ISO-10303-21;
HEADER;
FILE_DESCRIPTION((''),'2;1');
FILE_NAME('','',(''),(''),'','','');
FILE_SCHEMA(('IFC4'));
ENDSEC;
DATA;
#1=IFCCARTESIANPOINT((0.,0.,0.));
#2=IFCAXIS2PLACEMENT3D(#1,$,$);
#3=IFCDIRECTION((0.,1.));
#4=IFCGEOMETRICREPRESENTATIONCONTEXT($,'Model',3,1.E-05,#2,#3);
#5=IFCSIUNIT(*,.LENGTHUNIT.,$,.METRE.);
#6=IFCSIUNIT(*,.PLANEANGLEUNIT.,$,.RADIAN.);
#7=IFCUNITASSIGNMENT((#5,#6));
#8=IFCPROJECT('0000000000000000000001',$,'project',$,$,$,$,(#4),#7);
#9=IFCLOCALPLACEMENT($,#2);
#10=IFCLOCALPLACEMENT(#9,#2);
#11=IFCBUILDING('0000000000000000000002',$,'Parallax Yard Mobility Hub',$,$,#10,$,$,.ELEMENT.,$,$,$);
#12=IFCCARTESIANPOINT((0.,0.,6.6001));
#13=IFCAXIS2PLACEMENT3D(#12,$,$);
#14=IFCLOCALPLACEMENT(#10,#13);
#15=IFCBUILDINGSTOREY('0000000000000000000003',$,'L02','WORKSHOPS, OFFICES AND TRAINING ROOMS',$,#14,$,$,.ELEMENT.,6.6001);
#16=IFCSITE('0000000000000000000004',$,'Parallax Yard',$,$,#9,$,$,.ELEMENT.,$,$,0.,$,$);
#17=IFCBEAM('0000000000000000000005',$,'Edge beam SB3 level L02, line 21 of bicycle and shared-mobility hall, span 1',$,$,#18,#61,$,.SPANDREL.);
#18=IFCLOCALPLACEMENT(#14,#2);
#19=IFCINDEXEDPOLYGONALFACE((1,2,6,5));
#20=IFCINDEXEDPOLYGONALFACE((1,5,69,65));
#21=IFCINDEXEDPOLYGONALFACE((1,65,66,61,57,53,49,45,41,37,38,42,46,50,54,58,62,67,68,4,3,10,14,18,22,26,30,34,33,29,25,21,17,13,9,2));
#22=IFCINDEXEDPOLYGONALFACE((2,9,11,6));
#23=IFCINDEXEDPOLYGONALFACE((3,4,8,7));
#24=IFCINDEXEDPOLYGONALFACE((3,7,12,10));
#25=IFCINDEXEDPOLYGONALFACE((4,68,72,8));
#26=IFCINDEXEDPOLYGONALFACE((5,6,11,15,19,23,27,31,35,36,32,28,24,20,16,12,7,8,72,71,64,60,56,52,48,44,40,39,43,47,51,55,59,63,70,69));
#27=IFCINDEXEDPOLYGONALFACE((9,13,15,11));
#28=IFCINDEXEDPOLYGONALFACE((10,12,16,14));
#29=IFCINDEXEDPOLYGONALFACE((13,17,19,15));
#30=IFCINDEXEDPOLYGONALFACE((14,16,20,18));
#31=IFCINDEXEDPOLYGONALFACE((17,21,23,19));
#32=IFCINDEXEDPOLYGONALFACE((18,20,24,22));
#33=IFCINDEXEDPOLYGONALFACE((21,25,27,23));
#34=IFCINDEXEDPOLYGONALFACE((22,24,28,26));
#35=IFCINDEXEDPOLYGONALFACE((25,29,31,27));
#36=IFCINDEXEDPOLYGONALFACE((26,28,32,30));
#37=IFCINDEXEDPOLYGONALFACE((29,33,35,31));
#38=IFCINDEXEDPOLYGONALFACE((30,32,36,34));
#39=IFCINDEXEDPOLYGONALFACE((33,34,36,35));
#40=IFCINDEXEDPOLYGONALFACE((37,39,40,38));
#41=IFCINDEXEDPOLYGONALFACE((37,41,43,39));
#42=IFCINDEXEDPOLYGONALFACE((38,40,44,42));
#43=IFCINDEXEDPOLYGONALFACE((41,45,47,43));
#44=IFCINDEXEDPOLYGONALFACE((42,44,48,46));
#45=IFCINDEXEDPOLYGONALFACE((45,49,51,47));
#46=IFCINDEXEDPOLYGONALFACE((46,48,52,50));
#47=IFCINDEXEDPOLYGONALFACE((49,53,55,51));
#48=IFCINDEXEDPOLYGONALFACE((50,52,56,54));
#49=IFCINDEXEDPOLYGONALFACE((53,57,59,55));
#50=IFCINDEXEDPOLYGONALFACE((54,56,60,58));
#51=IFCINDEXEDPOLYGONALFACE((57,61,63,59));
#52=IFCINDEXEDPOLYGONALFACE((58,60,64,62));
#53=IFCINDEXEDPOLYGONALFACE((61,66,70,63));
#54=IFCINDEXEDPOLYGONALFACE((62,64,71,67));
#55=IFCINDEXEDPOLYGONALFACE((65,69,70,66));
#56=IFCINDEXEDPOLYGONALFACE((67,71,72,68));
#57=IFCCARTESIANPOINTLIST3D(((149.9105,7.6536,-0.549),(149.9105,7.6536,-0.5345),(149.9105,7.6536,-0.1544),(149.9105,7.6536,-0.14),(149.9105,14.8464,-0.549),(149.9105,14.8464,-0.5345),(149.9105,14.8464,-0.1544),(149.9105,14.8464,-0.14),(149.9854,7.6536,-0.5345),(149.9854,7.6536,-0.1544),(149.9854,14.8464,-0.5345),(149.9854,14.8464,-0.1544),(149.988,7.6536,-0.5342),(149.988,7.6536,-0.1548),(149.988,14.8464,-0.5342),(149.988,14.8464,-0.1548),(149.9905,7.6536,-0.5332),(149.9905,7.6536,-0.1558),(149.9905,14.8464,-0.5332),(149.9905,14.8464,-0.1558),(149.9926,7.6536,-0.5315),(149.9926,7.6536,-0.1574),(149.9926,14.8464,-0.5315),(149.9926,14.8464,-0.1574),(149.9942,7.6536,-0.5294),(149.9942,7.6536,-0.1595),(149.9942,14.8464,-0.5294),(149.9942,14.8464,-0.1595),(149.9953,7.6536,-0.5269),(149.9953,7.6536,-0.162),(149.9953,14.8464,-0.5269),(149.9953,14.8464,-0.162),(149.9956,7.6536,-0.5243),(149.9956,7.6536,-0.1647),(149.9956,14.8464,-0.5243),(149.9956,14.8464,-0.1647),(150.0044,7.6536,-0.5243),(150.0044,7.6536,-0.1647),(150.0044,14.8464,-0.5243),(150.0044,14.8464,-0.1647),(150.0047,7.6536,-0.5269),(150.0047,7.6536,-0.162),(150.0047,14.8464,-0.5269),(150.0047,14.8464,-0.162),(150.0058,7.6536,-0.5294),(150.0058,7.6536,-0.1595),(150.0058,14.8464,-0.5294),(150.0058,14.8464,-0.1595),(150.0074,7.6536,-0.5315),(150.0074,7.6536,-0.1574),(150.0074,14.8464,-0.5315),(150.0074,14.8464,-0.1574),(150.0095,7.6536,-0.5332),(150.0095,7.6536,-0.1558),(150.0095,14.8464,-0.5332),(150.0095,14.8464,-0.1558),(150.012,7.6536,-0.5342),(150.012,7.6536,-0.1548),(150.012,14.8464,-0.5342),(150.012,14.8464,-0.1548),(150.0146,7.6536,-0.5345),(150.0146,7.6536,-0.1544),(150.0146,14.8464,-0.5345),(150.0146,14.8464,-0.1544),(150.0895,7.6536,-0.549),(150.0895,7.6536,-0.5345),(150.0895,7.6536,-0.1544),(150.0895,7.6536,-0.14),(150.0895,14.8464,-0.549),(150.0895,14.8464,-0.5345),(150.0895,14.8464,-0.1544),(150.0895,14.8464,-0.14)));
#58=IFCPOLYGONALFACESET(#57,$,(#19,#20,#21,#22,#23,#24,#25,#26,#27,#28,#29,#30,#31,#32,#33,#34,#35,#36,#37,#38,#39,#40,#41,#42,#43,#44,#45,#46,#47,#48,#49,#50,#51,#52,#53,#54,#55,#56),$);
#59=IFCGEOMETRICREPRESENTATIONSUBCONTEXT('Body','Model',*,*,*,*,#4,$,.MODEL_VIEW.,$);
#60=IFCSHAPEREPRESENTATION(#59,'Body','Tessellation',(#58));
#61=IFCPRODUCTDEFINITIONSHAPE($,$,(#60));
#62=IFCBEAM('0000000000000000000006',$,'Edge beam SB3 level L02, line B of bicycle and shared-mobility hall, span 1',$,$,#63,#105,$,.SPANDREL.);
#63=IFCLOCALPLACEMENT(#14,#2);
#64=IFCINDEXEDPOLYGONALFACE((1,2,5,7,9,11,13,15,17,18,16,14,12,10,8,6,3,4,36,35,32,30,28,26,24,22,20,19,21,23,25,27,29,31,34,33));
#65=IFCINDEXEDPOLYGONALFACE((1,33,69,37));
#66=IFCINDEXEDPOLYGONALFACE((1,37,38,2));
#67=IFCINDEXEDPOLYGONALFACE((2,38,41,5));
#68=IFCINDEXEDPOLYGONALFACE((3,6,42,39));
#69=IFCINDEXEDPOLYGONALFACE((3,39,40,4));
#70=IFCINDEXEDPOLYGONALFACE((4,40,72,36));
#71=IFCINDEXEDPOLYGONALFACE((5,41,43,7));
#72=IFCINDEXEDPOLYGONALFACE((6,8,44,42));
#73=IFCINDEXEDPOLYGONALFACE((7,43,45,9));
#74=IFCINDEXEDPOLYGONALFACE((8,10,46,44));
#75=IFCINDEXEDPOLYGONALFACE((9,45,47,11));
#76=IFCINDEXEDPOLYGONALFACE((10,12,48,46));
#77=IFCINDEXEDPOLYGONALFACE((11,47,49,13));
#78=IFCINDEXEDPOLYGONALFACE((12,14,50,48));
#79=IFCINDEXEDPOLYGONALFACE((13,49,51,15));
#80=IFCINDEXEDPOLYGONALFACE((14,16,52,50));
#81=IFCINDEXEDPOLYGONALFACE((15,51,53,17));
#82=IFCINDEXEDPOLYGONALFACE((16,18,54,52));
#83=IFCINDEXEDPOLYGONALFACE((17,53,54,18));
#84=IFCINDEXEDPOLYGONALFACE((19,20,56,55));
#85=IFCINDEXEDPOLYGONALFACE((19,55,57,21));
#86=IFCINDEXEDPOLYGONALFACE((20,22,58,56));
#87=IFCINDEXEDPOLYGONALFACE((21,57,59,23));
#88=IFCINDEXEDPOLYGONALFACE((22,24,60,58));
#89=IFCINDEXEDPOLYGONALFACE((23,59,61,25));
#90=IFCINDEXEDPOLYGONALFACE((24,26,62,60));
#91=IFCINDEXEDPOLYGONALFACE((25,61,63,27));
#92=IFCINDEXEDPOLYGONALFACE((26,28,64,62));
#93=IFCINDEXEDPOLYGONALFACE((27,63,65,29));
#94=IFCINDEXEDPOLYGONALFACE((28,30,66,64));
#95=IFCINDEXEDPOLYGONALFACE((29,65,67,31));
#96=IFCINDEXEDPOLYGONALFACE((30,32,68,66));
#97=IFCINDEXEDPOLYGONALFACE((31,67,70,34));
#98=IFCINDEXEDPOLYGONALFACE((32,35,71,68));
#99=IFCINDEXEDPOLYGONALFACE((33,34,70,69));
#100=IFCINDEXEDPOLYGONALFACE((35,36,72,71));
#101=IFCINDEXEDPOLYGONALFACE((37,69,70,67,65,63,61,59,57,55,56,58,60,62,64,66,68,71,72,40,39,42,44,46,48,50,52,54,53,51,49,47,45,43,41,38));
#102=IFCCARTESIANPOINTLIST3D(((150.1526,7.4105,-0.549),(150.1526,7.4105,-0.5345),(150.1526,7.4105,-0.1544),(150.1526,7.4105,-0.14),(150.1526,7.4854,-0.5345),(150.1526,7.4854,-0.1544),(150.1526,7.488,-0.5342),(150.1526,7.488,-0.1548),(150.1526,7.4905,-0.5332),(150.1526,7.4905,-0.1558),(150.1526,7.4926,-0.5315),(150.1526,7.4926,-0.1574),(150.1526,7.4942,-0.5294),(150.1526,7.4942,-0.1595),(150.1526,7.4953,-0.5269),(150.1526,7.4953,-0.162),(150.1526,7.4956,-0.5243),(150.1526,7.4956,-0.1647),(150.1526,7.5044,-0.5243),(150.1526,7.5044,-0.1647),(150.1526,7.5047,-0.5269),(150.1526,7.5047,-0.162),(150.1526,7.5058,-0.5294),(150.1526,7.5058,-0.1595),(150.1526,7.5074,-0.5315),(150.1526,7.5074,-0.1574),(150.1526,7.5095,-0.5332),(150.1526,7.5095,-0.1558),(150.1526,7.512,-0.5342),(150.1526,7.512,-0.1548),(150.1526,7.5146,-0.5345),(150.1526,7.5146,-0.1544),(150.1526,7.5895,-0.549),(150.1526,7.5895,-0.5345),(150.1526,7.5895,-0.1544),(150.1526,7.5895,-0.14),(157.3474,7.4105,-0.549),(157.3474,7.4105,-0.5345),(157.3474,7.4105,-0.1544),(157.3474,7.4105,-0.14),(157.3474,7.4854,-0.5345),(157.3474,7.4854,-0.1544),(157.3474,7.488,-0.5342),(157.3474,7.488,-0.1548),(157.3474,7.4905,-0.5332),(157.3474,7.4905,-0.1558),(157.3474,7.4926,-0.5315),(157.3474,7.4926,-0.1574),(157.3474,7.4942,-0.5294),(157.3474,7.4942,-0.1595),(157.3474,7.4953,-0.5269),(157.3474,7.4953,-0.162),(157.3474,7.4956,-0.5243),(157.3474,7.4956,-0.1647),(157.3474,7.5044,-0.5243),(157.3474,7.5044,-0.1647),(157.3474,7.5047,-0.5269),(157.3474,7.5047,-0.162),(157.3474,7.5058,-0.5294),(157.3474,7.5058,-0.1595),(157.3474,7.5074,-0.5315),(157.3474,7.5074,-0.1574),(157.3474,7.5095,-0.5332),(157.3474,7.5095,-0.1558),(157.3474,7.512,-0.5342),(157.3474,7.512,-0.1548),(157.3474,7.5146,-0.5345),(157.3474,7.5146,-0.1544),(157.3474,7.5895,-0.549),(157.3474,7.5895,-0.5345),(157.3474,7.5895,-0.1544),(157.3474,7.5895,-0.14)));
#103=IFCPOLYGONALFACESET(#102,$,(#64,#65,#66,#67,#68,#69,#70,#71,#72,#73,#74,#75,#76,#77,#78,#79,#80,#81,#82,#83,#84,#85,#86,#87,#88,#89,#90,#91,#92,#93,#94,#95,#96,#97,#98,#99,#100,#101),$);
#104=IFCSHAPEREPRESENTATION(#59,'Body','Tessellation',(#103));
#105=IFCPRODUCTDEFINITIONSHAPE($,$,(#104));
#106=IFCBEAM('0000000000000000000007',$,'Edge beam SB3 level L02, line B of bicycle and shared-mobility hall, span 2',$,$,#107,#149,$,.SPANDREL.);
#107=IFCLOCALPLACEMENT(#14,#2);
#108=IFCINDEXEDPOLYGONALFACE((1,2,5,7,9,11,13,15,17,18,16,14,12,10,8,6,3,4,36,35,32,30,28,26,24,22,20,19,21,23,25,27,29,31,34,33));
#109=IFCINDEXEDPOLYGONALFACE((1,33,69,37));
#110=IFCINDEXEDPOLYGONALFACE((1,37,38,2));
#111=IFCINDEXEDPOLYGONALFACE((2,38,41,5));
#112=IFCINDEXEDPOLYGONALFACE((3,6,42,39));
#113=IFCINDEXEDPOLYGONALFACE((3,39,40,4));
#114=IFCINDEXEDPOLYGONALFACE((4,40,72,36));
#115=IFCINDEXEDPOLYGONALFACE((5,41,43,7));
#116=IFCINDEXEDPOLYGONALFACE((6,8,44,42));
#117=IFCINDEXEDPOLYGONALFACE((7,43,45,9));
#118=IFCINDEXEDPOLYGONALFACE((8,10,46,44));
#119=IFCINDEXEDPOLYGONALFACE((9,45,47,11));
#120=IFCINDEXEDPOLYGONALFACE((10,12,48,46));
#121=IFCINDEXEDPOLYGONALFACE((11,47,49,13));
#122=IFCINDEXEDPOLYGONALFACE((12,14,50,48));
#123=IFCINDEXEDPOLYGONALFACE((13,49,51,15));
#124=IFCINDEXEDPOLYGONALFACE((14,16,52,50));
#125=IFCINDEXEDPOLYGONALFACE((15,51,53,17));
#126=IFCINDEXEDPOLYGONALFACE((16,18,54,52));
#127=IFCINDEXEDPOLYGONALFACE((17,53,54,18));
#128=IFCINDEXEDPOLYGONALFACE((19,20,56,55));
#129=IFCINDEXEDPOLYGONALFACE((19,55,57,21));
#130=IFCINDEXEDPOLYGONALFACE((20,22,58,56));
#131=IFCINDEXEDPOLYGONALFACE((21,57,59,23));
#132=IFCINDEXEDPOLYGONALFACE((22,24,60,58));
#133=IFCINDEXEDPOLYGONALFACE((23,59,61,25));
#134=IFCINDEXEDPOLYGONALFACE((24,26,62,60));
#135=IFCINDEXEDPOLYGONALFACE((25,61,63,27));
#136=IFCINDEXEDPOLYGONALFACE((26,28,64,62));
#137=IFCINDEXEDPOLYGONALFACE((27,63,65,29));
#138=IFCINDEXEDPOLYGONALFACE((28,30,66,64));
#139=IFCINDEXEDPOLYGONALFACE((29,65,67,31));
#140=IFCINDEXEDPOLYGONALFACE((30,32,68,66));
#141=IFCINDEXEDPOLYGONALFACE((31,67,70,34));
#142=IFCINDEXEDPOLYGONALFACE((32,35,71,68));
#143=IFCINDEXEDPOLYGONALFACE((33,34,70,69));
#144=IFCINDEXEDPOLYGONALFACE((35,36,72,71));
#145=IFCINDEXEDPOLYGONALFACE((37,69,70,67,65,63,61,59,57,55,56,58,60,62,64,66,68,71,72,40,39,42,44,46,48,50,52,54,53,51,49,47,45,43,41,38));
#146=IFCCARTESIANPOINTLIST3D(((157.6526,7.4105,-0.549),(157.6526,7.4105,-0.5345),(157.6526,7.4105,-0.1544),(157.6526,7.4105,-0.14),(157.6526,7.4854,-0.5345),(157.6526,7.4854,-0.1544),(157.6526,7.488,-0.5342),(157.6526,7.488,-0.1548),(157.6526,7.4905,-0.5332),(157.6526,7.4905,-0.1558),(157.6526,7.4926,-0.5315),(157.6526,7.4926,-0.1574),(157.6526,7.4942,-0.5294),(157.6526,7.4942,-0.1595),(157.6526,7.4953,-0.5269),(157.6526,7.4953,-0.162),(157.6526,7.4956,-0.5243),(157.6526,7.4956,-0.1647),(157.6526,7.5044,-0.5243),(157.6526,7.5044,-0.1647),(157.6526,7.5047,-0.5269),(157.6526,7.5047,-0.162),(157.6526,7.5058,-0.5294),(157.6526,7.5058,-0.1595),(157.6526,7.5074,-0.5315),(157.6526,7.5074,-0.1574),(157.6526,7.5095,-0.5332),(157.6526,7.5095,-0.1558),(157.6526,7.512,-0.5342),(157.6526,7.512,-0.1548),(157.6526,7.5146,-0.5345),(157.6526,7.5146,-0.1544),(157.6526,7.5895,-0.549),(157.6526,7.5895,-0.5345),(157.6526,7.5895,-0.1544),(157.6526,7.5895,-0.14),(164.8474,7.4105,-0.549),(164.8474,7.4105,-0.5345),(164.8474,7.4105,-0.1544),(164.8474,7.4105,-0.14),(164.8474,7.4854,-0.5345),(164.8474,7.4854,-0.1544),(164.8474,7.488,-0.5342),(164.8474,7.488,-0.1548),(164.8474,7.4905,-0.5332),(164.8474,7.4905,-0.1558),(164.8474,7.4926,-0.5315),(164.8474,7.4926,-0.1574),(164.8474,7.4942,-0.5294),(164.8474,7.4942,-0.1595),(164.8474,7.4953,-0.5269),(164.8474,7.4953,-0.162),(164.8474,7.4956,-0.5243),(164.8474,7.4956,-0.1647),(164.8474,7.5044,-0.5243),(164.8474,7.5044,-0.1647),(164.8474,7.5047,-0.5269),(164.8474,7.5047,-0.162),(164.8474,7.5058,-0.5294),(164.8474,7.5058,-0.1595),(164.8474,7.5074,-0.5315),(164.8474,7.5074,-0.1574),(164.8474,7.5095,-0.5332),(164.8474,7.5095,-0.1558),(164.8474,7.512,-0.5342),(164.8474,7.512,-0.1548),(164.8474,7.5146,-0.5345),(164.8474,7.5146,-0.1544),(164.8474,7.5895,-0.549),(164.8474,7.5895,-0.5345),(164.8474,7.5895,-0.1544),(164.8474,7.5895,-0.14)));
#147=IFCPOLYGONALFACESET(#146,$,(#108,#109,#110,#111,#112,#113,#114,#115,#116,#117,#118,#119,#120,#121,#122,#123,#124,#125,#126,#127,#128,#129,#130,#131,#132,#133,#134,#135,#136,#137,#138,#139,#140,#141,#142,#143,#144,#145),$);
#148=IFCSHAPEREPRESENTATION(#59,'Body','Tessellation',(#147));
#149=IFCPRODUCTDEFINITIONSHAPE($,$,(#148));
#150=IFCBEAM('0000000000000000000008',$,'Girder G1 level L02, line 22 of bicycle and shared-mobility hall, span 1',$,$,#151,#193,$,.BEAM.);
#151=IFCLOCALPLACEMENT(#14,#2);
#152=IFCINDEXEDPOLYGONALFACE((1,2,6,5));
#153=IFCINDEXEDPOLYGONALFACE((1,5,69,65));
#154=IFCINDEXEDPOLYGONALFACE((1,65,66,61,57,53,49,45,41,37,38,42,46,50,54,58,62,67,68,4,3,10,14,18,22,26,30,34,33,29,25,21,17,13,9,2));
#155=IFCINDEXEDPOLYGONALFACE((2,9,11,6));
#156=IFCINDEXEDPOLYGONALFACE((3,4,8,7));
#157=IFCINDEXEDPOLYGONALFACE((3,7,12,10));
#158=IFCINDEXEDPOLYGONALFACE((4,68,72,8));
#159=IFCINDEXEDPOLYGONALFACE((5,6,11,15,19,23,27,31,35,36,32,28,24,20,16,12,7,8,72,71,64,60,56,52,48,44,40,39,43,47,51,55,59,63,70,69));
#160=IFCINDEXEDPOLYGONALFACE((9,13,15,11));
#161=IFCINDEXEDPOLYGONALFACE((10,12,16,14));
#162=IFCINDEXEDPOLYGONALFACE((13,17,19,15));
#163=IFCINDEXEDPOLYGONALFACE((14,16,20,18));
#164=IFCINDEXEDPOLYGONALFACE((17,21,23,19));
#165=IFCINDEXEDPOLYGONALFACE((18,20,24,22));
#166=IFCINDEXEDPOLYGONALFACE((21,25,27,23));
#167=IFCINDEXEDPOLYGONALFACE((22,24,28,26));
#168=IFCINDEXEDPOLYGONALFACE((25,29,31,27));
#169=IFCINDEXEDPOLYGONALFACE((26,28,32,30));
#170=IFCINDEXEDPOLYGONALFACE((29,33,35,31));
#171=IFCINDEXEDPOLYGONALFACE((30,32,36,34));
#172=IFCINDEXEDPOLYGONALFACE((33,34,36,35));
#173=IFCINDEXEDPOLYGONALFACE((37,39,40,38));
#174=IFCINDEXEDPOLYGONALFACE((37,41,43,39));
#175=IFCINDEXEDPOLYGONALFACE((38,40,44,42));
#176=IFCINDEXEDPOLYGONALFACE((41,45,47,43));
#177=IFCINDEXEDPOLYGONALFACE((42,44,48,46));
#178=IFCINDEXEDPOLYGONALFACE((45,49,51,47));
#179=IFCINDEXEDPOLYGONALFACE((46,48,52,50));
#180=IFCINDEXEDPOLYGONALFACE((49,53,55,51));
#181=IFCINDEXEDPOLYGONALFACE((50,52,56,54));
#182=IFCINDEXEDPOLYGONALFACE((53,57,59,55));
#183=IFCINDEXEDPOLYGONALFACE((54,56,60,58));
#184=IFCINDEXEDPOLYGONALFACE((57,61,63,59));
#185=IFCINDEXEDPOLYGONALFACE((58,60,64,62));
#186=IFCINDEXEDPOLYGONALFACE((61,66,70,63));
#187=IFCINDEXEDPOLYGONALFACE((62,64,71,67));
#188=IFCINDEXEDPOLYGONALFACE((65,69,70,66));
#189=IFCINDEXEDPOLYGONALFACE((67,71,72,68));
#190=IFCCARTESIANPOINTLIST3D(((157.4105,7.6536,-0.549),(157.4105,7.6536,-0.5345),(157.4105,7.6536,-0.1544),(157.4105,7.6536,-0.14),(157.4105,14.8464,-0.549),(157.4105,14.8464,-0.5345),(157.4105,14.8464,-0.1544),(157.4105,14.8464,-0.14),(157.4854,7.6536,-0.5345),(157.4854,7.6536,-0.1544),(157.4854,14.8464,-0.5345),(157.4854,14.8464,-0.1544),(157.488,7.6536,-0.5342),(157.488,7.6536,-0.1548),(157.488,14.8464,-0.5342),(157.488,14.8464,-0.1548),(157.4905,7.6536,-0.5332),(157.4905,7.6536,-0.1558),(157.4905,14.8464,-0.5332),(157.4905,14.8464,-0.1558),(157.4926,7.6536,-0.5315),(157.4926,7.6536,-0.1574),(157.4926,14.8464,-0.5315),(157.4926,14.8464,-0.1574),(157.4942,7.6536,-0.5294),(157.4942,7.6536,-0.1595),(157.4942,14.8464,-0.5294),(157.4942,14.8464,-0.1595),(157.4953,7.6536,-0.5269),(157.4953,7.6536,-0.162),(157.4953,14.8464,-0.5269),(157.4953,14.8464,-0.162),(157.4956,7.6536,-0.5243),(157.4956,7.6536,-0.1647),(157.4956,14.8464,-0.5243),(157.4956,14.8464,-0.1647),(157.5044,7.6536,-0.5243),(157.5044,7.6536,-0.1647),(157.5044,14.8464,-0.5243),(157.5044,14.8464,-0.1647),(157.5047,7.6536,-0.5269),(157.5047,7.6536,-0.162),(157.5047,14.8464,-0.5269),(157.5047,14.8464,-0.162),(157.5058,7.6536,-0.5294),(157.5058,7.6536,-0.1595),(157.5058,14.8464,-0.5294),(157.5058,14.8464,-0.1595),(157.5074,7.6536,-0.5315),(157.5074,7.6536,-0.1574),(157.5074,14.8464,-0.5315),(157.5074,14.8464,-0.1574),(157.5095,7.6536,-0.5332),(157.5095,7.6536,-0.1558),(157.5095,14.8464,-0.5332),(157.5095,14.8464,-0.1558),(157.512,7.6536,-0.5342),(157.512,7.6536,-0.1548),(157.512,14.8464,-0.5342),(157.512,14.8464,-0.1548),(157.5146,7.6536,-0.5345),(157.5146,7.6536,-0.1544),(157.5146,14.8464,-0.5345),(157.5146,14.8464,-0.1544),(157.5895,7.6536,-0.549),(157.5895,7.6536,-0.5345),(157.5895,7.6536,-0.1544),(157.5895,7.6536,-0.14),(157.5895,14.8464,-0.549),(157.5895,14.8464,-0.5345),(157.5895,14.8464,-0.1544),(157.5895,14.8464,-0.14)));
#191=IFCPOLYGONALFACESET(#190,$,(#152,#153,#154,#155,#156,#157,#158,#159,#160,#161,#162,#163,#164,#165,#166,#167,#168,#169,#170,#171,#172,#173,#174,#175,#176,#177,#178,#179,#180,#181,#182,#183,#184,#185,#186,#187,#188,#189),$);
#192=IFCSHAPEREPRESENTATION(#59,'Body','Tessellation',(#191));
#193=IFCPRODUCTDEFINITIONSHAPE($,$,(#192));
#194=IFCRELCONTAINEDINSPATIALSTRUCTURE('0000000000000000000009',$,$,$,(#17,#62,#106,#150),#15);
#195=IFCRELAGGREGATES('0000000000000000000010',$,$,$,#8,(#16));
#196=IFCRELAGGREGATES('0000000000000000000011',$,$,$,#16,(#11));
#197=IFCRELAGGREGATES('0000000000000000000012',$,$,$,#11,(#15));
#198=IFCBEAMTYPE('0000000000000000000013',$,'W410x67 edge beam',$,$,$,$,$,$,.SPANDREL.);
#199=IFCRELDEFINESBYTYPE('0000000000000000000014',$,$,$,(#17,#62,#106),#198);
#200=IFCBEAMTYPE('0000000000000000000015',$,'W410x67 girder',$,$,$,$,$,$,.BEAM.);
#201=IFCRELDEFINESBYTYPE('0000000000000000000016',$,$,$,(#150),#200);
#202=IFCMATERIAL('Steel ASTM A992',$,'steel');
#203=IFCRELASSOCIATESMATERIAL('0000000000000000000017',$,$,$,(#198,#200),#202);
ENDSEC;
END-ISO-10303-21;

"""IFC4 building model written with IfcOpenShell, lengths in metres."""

from ifc_helpers import new_model, si_unit, direction, frame, origin, origin_2d, place, context, subcontext, project, spatial, i_section, extrude, material, material_profile, profile_set, type_object, element, save


model = new_model("IFC4")

# Units and contexts
model_context = context("Model", 3, precision=1e-05, world=origin(), true_north=direction((0.0, 1.0)))
body_context = subcontext(model_context, "Body", "Model", "MODEL_VIEW")
ifc_project = project(units=[si_unit("LENGTHUNIT", "METRE"), si_unit("PLANEANGLEUNIT", "RADIAN")], contexts=[model_context])

# Site, building, storey
site_placement = place(None, origin())
site = spatial("IfcSite", under=ifc_project, at=site_placement, Name="Parallax Yard", CompositionType="ELEMENT", RefElevation=0.0)
building_placement = place(site_placement, origin())
building = spatial("IfcBuilding", under=site, at=building_placement, Name="Parallax Yard Mobility Hub", CompositionType="ELEMENT")
storey_placement = place(building_placement, frame((0.0, 0.0, 6.6001)))
storey = spatial("IfcBuildingStorey", under=building, at=storey_placement, Name="L02", Description="WORKSHOPS, OFFICES AND TRAINING ROOMS", CompositionType="ELEMENT", Elevation=6.6001)

# Shared definitions
ifc_material_1 = material(Name="Steel ASTM A992", Category="steel")

# Beams
ifc_material_profile_1 = material_profile(ifc_material_1, i_section(OverallWidth=0.179, OverallDepth=0.4089, WebThickness=0.0088, FlangeThickness=0.0144, FilletRadius=0.0103, at=origin_2d()), Name="W410x67")
ifc_profile_set_1 = profile_set([ifc_material_profile_1], Name="Steel ASTM A992")
beam_type_1 = type_object("IfcBeamType", Name="W410x67 edge beam", PredefinedType="SPANDREL", material=ifc_profile_set_1)
beam_1_placement = place(storey_placement, frame((150.0, 7.6536, -0.3445), z_axis=(0.0, 1.0, 0.0), x_axis=(-1.0, 0.0, 0.0)))
element("IfcBeam", 1, at=beam_1_placement, inside=storey, type_object=beam_type_1, Name="Edge beam SB3 level L02, line 21 of bicycle and shared-mobility hall, span 1", PredefinedType="SPANDREL", context=body_context, shape_type="SweptSolid", body=[
    extrude(i_section(OverallWidth=0.179, OverallDepth=0.4089, WebThickness=0.0088, FlangeThickness=0.0144, FilletRadius=0.0103, at=origin_2d()), origin(), (0.0, 0.0, 1.0), 7.1929),
])
for number, where, z_axis, x_axis, name in (
    (2, (150.1526, 7.5, -0.3445), (1.0, 0.0, 0.0), (0.0, 1.0, 0.0), "Edge beam SB3 level L02, line B of bicycle and shared-mobility hall, span 1"),
    (3, (157.6526, 7.5, -0.3445), (1.0, 0.0, 0.0), (0.0, 1.0, 0.0), "Edge beam SB3 level L02, line B of bicycle and shared-mobility hall, span 2"),
):
    element("IfcBeam", number, at=place(storey_placement, frame(where, z_axis=z_axis, x_axis=x_axis)), inside=storey, type_object=beam_type_1, Name=name, PredefinedType="SPANDREL", context=body_context, shape_type="SweptSolid", body=[
        extrude(i_section(OverallWidth=0.179, OverallDepth=0.4089, WebThickness=0.0088, FlangeThickness=0.0144, FilletRadius=0.0103, at=origin_2d()), origin(), (0.0, 0.0, 1.0), 7.1948),
    ])
ifc_material_profile_2 = material_profile(ifc_material_1, i_section(OverallWidth=0.179, OverallDepth=0.4089, WebThickness=0.0088, FlangeThickness=0.0144, FilletRadius=0.0103, at=origin_2d()), Name="W410x67")
ifc_profile_set_2 = profile_set([ifc_material_profile_2], Name="Steel ASTM A992")
beam_type_2 = type_object("IfcBeamType", Name="W410x67 girder", PredefinedType="BEAM", material=ifc_profile_set_2)
beam_2_placement = place(storey_placement, frame((157.5, 7.6536, -0.3445), z_axis=(0.0, 1.0, 0.0), x_axis=(-1.0, 0.0, 0.0)))
element("IfcBeam", 4, at=beam_2_placement, inside=storey, type_object=beam_type_2, Name="Girder G1 level L02, line 22 of bicycle and shared-mobility hall, span 1", PredefinedType="BEAM", context=body_context, shape_type="SweptSolid", body=[
    extrude(i_section(OverallWidth=0.179, OverallDepth=0.4089, WebThickness=0.0088, FlangeThickness=0.0144, FilletRadius=0.0103, at=origin_2d()), origin(), (0.0, 0.0, 1.0), 7.1929),
])

save(model, "model.ifc")
